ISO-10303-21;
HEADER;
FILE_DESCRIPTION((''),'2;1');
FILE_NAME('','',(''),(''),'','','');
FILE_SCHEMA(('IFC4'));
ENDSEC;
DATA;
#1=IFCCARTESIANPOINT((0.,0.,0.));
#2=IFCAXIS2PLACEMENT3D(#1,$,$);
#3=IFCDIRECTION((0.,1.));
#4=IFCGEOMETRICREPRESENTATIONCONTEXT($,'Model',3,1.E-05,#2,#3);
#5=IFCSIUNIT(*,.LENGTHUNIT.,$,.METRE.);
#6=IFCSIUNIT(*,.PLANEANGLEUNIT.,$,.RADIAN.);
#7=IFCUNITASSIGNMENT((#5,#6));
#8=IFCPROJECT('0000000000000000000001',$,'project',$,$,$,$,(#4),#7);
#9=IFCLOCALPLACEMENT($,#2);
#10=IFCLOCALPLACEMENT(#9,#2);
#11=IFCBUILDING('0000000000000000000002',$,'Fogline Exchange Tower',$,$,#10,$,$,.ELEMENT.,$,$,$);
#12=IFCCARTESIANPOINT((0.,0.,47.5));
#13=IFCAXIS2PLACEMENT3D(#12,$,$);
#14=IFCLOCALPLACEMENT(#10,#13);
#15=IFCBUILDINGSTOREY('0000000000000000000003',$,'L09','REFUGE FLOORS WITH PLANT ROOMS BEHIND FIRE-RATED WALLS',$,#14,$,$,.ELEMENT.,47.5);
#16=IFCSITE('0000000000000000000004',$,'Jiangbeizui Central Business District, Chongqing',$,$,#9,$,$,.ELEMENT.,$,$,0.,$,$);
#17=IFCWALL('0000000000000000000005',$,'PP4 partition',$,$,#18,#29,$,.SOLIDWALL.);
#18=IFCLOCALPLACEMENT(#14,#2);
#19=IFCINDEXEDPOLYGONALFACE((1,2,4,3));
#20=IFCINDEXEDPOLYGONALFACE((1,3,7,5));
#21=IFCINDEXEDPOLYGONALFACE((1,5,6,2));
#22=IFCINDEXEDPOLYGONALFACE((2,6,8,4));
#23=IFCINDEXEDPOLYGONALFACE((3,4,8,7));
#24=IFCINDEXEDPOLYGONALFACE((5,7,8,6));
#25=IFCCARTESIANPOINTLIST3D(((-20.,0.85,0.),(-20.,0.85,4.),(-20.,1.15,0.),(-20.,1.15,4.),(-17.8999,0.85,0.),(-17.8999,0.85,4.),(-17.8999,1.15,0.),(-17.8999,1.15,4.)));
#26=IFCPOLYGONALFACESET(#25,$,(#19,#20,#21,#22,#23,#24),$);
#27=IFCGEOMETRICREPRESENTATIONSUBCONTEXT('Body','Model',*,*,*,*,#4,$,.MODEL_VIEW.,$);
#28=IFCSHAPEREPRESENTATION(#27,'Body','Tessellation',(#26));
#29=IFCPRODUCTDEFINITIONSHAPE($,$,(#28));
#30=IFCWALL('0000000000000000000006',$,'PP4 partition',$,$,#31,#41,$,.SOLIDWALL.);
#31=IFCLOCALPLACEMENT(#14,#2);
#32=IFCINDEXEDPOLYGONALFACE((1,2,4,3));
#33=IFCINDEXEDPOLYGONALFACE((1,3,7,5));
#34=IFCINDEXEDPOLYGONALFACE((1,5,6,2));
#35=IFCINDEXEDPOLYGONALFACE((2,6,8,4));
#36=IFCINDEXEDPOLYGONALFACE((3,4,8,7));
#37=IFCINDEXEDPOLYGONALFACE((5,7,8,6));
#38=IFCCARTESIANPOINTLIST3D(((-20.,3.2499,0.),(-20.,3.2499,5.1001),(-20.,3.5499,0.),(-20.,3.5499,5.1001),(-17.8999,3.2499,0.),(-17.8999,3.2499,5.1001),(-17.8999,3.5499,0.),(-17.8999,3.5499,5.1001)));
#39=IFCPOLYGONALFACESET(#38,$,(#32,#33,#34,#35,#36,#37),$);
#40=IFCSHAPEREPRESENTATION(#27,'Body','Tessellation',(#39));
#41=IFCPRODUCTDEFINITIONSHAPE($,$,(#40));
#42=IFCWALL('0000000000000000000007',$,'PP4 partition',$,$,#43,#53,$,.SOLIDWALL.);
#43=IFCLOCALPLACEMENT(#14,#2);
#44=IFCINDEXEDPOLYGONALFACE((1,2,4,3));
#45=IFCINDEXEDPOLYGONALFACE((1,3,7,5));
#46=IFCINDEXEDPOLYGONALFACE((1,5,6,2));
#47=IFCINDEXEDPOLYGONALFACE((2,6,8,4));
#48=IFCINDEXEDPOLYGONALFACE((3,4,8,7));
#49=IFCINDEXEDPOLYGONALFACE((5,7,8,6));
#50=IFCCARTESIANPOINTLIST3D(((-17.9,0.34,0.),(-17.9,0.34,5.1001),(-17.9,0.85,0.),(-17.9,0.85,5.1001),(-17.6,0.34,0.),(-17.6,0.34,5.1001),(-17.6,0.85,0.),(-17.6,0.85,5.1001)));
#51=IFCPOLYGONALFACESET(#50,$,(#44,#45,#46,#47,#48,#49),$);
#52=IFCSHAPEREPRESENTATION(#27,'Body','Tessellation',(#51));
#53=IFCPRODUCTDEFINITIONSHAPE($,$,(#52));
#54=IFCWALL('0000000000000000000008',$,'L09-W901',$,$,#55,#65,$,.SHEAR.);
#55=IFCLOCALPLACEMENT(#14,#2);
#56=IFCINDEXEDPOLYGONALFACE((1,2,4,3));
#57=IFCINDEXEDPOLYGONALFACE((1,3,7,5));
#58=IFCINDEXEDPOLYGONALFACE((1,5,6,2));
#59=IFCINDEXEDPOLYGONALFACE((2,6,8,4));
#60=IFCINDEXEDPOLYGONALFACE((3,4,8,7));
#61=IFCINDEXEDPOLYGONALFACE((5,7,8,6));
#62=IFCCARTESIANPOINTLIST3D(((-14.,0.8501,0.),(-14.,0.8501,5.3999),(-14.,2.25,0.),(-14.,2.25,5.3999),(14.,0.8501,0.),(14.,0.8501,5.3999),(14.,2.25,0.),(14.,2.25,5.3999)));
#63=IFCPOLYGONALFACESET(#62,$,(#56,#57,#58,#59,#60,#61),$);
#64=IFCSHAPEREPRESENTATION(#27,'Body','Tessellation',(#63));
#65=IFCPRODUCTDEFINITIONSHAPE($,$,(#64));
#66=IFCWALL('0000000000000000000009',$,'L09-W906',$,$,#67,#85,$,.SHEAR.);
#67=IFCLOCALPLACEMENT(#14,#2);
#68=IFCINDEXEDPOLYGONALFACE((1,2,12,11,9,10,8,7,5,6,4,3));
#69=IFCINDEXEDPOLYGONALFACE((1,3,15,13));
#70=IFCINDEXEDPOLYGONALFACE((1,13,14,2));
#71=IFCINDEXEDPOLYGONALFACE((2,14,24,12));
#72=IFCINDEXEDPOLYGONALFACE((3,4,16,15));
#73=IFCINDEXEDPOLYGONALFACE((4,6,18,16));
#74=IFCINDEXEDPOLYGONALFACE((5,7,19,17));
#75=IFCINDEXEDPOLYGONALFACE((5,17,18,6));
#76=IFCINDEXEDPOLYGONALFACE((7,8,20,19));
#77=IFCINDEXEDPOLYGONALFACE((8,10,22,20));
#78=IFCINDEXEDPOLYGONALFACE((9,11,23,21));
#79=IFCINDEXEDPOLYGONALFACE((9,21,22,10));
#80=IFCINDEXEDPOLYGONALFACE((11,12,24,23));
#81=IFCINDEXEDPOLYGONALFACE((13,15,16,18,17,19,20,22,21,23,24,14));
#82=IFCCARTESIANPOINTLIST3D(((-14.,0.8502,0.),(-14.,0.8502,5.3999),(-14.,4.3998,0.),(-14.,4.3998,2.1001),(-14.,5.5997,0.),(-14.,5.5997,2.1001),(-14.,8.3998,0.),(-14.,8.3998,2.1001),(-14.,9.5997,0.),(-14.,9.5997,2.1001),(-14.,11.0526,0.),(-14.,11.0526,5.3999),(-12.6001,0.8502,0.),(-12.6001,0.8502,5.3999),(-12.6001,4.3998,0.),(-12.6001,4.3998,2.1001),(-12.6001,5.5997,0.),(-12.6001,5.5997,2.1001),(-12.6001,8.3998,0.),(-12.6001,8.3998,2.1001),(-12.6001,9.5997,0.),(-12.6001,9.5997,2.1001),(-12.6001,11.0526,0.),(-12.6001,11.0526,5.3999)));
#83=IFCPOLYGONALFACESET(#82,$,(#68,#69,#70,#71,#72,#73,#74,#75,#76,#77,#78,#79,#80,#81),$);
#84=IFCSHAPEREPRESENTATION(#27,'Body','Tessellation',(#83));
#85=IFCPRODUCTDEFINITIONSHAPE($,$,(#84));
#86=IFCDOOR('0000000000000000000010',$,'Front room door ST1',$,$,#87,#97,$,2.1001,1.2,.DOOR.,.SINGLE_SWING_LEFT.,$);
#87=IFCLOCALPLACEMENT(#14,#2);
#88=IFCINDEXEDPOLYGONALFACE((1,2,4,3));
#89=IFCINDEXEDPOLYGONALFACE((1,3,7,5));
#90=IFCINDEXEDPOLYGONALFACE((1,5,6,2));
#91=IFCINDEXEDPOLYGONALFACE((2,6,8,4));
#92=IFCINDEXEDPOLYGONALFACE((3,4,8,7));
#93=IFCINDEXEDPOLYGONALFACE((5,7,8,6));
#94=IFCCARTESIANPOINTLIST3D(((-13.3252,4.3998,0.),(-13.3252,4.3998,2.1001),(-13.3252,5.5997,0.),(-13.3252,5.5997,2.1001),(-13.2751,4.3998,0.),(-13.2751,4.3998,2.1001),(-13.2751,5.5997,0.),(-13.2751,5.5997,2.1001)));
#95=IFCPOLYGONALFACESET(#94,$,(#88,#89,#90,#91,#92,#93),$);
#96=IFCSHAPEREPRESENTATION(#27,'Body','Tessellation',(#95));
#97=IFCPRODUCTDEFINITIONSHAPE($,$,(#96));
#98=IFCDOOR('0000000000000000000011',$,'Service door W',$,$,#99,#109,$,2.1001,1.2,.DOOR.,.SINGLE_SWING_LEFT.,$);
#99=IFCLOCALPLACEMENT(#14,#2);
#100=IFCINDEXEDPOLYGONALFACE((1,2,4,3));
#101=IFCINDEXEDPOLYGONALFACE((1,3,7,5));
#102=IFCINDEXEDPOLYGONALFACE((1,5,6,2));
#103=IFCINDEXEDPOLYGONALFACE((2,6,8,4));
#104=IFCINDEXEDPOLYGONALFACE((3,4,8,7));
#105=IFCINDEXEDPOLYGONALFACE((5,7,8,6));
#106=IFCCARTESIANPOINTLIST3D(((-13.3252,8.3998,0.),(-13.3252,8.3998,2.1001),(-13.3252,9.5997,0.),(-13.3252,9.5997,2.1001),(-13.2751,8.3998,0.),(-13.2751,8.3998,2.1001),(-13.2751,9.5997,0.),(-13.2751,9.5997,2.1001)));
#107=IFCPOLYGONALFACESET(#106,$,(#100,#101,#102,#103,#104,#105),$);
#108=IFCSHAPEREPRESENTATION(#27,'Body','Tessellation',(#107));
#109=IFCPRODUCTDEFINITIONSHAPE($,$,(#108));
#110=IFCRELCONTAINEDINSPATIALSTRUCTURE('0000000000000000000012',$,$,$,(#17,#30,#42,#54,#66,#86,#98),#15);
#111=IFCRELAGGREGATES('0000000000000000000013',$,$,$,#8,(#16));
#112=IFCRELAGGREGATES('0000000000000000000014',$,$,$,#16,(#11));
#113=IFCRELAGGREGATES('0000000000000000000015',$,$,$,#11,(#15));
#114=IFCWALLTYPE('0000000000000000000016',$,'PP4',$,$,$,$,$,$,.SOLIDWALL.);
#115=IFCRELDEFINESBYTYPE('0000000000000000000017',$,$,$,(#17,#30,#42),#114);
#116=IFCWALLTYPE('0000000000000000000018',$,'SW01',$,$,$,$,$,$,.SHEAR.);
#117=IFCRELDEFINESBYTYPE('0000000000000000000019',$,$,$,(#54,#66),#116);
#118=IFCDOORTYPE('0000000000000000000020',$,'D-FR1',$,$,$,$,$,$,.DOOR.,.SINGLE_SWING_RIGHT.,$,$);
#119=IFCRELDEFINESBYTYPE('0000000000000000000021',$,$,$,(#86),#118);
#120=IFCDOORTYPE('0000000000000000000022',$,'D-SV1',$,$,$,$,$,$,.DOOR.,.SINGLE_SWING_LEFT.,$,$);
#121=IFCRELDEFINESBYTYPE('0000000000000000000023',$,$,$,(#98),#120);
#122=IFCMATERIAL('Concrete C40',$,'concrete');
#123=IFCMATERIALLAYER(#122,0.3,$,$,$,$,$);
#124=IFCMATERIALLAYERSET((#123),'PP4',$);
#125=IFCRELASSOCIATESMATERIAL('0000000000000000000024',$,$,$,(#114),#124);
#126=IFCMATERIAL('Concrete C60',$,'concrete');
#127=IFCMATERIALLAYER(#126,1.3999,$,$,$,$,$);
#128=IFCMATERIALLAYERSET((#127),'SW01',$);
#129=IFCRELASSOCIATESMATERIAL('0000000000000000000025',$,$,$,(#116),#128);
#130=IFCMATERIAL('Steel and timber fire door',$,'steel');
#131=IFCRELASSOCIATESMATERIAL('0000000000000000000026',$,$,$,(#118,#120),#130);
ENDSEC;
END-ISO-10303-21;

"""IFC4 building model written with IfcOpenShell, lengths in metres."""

from ifc_helpers import new_model, si_unit, direction, frame, frame_2d, origin, place, context, subcontext, project, spatial, rectangle, extrude, material, layer, layer_set, type_object, element, fill, save


model = new_model("IFC4")

# Units and contexts
model_context = context("Model", 3, precision=1e-05, world=origin(), true_north=direction((0.0, 1.0)))
body_context = subcontext(model_context, "Body", "Model", "MODEL_VIEW")
ifc_project = project(units=[si_unit("LENGTHUNIT", "METRE"), si_unit("PLANEANGLEUNIT", "RADIAN")], contexts=[model_context])

# Site, building, storey
site_placement = place(None, origin())
site = spatial("IfcSite", under=ifc_project, at=site_placement, Name="Jiangbeizui Central Business District, Chongqing", CompositionType="ELEMENT", RefElevation=0.0)
building_placement = place(site_placement, origin())
building = spatial("IfcBuilding", under=site, at=building_placement, Name="Fogline Exchange Tower", CompositionType="ELEMENT")
storey_placement = place(building_placement, frame((0.0, 0.0, 47.5)))
storey = spatial("IfcBuildingStorey", under=building, at=storey_placement, Name="L09", Description="REFUGE FLOORS WITH PLANT ROOMS BEHIND FIRE-RATED WALLS", CompositionType="ELEMENT", Elevation=47.5)

# Shared definitions
ifc_material_1 = material(Name="Concrete C40", Category="concrete")

# Shared definitions
ifc_layer_1 = layer(ifc_material_1, 0.3)
ifc_layer_set_1 = layer_set([ifc_layer_1], Name="PP4")
wall_type_1 = type_object("IfcWallType", Name="PP4", PredefinedType="SOLIDWALL", material=ifc_layer_set_1)

# Walls
wall_1_placement = place(storey_placement, frame((-17.8999, 1.0, 0.0), z_axis=(0.0, 0.0, 1.0), x_axis=(-1.0, 0.0, 0.0)))
element("IfcWall", 1, at=wall_1_placement, inside=storey, type_object=wall_type_1, Name="PP4 partition", PredefinedType="SOLIDWALL", context=body_context, shape_type="SweptSolid", body=[
    extrude(rectangle(XDim=2.1001, YDim=0.3, at=frame_2d((1.05, 0.0))), origin(), (0.0, 0.0, 1.0), 4.0),
])
wall_2_placement = place(storey_placement, frame((-20.0, 3.3999, 0.0), z_axis=(0.0, 0.0, 1.0), x_axis=(1.0, 0.0, 0.0)))
element("IfcWall", 2, at=wall_2_placement, inside=storey, type_object=wall_type_1, Name="PP4 partition", PredefinedType="SOLIDWALL", context=body_context, shape_type="SweptSolid", body=[
    extrude(rectangle(XDim=2.1001, YDim=0.3, at=frame_2d((1.05, 0.0))), origin(), (0.0, 0.0, 1.0), 5.1001),
])
wall_3_placement = place(storey_placement, frame((-17.75, 0.3401, 0.0), z_axis=(0.0, 0.0, 1.0), x_axis=(0.0, 1.0, 0.0)))
element("IfcWall", 3, at=wall_3_placement, inside=storey, type_object=wall_type_1, Name="PP4 partition", PredefinedType="SOLIDWALL", context=body_context, shape_type="SweptSolid", body=[
    extrude(rectangle(XDim=0.51, YDim=0.3, at=frame_2d((0.2549, 0.0))), origin(), (0.0, 0.0, 1.0), 5.1001),
])
ifc_material_2 = material(Name="Concrete C60", Category="concrete")
ifc_layer_2 = layer(ifc_material_2, 1.3999)
ifc_layer_set_2 = layer_set([ifc_layer_2], Name="SW01")
wall_type_2 = type_object("IfcWallType", Name="SW01", PredefinedType="SHEAR", material=ifc_layer_set_2)
wall_4_placement = place(storey_placement, frame((-14.0, 1.55, 0.0), z_axis=(0.0, 0.0, 1.0), x_axis=(1.0, 0.0, 0.0)))
element("IfcWall", 4, at=wall_4_placement, inside=storey, type_object=wall_type_2, Name="L09-W901", PredefinedType="SHEAR", context=body_context, shape_type="SweptSolid", body=[
    extrude(rectangle(XDim=28.0, YDim=1.3999, at=frame_2d((14.0, 0.0))), origin(), (0.0, 0.0, 1.0), 5.3999),
])

# Wall, openings, doors
wall_5_placement = place(storey_placement, frame((-13.3, 11.0525, 0.0), z_axis=(0.0, 0.0, 1.0), x_axis=(0.0, -1.0, 0.0)))
wall_5 = element("IfcWall", 5, at=wall_5_placement, inside=storey, type_object=wall_type_2, Name="L09-W906", PredefinedType="SHEAR", context=body_context, shape_type="SweptSolid", body=[
    extrude(rectangle(XDim=10.2024, YDim=1.3999, at=frame_2d((5.1011, 0.0))), origin(), (0.0, 0.0, 1.0), 5.3999),
])
opening_1_placement = place(wall_5_placement, frame((5.4526, 0.0, 0.0)))
opening_1 = element("IfcOpeningElement", 6, at=opening_1_placement, cuts=wall_5, PredefinedType="OPENING", context=body_context, shape_type="SweptSolid", body=[
    extrude(rectangle(XDim=1.2, YDim=2.1001, at=frame_2d((0.6001, 1.05))), frame((0.0, 0.71, 0.0), z_axis=(0.0, -1.0, 0.0), x_axis=(1.0, 0.0, 0.0)), (0.0, 0.0, 1.0), 1.4199),
])
opening_2_placement = place(wall_5_placement, frame((1.4526, 0.0, 0.0)))
opening_2 = element("IfcOpeningElement", 7, at=opening_2_placement, cuts=wall_5, PredefinedType="OPENING", context=body_context, shape_type="SweptSolid", body=[
    extrude(rectangle(XDim=1.2, YDim=2.1001, at=frame_2d((0.6001, 1.05))), frame((0.0, 0.71, 0.0), z_axis=(0.0, -1.0, 0.0), x_axis=(1.0, 0.0, 0.0)), (0.0, 0.0, 1.0), 1.4199),
])
ifc_material_3 = material(Name="Steel and timber fire door", Category="steel")
door_type_1 = type_object("IfcDoorType", Name="D-FR1", OperationType="SINGLE_SWING_RIGHT", PredefinedType="DOOR", material=ifc_material_3)
door_1_placement = place(opening_1_placement, origin())
door_1 = element("IfcDoor", 8, at=door_1_placement, inside=storey, type_object=door_type_1, Name="Front room door ST1", OperationType="SINGLE_SWING_LEFT", OverallHeight=2.1001, OverallWidth=1.2, PredefinedType="DOOR", context=body_context, shape_type="SweptSolid", body=[
    extrude(rectangle(XDim=1.2, YDim=2.1001, at=frame_2d((0.6001, 1.05))), frame((0.0, 0.0249, 0.0), z_axis=(0.0, -1.0, 0.0), x_axis=(1.0, 0.0, 0.0)), (0.0, 0.0, 1.0), 0.05),
])
fill(opening_1, door_1)
door_type_2 = type_object("IfcDoorType", Name="D-SV1", OperationType="SINGLE_SWING_LEFT", PredefinedType="DOOR", material=ifc_material_3)
door_2_placement = place(opening_2_placement, origin())
door_2 = element("IfcDoor", 9, at=door_2_placement, inside=storey, type_object=door_type_2, Name="Service door W", OperationType="SINGLE_SWING_LEFT", OverallHeight=2.1001, OverallWidth=1.2, PredefinedType="DOOR", context=body_context, shape_type="SweptSolid", body=[
    extrude(rectangle(XDim=1.2, YDim=2.1001, at=frame_2d((0.6001, 1.05))), frame((0.0, 0.0249, 0.0), z_axis=(0.0, -1.0, 0.0), x_axis=(1.0, 0.0, 0.0)), (0.0, 0.0, 1.0), 0.05),
])
fill(opening_2, door_2)

save(model, "model.ifc")
